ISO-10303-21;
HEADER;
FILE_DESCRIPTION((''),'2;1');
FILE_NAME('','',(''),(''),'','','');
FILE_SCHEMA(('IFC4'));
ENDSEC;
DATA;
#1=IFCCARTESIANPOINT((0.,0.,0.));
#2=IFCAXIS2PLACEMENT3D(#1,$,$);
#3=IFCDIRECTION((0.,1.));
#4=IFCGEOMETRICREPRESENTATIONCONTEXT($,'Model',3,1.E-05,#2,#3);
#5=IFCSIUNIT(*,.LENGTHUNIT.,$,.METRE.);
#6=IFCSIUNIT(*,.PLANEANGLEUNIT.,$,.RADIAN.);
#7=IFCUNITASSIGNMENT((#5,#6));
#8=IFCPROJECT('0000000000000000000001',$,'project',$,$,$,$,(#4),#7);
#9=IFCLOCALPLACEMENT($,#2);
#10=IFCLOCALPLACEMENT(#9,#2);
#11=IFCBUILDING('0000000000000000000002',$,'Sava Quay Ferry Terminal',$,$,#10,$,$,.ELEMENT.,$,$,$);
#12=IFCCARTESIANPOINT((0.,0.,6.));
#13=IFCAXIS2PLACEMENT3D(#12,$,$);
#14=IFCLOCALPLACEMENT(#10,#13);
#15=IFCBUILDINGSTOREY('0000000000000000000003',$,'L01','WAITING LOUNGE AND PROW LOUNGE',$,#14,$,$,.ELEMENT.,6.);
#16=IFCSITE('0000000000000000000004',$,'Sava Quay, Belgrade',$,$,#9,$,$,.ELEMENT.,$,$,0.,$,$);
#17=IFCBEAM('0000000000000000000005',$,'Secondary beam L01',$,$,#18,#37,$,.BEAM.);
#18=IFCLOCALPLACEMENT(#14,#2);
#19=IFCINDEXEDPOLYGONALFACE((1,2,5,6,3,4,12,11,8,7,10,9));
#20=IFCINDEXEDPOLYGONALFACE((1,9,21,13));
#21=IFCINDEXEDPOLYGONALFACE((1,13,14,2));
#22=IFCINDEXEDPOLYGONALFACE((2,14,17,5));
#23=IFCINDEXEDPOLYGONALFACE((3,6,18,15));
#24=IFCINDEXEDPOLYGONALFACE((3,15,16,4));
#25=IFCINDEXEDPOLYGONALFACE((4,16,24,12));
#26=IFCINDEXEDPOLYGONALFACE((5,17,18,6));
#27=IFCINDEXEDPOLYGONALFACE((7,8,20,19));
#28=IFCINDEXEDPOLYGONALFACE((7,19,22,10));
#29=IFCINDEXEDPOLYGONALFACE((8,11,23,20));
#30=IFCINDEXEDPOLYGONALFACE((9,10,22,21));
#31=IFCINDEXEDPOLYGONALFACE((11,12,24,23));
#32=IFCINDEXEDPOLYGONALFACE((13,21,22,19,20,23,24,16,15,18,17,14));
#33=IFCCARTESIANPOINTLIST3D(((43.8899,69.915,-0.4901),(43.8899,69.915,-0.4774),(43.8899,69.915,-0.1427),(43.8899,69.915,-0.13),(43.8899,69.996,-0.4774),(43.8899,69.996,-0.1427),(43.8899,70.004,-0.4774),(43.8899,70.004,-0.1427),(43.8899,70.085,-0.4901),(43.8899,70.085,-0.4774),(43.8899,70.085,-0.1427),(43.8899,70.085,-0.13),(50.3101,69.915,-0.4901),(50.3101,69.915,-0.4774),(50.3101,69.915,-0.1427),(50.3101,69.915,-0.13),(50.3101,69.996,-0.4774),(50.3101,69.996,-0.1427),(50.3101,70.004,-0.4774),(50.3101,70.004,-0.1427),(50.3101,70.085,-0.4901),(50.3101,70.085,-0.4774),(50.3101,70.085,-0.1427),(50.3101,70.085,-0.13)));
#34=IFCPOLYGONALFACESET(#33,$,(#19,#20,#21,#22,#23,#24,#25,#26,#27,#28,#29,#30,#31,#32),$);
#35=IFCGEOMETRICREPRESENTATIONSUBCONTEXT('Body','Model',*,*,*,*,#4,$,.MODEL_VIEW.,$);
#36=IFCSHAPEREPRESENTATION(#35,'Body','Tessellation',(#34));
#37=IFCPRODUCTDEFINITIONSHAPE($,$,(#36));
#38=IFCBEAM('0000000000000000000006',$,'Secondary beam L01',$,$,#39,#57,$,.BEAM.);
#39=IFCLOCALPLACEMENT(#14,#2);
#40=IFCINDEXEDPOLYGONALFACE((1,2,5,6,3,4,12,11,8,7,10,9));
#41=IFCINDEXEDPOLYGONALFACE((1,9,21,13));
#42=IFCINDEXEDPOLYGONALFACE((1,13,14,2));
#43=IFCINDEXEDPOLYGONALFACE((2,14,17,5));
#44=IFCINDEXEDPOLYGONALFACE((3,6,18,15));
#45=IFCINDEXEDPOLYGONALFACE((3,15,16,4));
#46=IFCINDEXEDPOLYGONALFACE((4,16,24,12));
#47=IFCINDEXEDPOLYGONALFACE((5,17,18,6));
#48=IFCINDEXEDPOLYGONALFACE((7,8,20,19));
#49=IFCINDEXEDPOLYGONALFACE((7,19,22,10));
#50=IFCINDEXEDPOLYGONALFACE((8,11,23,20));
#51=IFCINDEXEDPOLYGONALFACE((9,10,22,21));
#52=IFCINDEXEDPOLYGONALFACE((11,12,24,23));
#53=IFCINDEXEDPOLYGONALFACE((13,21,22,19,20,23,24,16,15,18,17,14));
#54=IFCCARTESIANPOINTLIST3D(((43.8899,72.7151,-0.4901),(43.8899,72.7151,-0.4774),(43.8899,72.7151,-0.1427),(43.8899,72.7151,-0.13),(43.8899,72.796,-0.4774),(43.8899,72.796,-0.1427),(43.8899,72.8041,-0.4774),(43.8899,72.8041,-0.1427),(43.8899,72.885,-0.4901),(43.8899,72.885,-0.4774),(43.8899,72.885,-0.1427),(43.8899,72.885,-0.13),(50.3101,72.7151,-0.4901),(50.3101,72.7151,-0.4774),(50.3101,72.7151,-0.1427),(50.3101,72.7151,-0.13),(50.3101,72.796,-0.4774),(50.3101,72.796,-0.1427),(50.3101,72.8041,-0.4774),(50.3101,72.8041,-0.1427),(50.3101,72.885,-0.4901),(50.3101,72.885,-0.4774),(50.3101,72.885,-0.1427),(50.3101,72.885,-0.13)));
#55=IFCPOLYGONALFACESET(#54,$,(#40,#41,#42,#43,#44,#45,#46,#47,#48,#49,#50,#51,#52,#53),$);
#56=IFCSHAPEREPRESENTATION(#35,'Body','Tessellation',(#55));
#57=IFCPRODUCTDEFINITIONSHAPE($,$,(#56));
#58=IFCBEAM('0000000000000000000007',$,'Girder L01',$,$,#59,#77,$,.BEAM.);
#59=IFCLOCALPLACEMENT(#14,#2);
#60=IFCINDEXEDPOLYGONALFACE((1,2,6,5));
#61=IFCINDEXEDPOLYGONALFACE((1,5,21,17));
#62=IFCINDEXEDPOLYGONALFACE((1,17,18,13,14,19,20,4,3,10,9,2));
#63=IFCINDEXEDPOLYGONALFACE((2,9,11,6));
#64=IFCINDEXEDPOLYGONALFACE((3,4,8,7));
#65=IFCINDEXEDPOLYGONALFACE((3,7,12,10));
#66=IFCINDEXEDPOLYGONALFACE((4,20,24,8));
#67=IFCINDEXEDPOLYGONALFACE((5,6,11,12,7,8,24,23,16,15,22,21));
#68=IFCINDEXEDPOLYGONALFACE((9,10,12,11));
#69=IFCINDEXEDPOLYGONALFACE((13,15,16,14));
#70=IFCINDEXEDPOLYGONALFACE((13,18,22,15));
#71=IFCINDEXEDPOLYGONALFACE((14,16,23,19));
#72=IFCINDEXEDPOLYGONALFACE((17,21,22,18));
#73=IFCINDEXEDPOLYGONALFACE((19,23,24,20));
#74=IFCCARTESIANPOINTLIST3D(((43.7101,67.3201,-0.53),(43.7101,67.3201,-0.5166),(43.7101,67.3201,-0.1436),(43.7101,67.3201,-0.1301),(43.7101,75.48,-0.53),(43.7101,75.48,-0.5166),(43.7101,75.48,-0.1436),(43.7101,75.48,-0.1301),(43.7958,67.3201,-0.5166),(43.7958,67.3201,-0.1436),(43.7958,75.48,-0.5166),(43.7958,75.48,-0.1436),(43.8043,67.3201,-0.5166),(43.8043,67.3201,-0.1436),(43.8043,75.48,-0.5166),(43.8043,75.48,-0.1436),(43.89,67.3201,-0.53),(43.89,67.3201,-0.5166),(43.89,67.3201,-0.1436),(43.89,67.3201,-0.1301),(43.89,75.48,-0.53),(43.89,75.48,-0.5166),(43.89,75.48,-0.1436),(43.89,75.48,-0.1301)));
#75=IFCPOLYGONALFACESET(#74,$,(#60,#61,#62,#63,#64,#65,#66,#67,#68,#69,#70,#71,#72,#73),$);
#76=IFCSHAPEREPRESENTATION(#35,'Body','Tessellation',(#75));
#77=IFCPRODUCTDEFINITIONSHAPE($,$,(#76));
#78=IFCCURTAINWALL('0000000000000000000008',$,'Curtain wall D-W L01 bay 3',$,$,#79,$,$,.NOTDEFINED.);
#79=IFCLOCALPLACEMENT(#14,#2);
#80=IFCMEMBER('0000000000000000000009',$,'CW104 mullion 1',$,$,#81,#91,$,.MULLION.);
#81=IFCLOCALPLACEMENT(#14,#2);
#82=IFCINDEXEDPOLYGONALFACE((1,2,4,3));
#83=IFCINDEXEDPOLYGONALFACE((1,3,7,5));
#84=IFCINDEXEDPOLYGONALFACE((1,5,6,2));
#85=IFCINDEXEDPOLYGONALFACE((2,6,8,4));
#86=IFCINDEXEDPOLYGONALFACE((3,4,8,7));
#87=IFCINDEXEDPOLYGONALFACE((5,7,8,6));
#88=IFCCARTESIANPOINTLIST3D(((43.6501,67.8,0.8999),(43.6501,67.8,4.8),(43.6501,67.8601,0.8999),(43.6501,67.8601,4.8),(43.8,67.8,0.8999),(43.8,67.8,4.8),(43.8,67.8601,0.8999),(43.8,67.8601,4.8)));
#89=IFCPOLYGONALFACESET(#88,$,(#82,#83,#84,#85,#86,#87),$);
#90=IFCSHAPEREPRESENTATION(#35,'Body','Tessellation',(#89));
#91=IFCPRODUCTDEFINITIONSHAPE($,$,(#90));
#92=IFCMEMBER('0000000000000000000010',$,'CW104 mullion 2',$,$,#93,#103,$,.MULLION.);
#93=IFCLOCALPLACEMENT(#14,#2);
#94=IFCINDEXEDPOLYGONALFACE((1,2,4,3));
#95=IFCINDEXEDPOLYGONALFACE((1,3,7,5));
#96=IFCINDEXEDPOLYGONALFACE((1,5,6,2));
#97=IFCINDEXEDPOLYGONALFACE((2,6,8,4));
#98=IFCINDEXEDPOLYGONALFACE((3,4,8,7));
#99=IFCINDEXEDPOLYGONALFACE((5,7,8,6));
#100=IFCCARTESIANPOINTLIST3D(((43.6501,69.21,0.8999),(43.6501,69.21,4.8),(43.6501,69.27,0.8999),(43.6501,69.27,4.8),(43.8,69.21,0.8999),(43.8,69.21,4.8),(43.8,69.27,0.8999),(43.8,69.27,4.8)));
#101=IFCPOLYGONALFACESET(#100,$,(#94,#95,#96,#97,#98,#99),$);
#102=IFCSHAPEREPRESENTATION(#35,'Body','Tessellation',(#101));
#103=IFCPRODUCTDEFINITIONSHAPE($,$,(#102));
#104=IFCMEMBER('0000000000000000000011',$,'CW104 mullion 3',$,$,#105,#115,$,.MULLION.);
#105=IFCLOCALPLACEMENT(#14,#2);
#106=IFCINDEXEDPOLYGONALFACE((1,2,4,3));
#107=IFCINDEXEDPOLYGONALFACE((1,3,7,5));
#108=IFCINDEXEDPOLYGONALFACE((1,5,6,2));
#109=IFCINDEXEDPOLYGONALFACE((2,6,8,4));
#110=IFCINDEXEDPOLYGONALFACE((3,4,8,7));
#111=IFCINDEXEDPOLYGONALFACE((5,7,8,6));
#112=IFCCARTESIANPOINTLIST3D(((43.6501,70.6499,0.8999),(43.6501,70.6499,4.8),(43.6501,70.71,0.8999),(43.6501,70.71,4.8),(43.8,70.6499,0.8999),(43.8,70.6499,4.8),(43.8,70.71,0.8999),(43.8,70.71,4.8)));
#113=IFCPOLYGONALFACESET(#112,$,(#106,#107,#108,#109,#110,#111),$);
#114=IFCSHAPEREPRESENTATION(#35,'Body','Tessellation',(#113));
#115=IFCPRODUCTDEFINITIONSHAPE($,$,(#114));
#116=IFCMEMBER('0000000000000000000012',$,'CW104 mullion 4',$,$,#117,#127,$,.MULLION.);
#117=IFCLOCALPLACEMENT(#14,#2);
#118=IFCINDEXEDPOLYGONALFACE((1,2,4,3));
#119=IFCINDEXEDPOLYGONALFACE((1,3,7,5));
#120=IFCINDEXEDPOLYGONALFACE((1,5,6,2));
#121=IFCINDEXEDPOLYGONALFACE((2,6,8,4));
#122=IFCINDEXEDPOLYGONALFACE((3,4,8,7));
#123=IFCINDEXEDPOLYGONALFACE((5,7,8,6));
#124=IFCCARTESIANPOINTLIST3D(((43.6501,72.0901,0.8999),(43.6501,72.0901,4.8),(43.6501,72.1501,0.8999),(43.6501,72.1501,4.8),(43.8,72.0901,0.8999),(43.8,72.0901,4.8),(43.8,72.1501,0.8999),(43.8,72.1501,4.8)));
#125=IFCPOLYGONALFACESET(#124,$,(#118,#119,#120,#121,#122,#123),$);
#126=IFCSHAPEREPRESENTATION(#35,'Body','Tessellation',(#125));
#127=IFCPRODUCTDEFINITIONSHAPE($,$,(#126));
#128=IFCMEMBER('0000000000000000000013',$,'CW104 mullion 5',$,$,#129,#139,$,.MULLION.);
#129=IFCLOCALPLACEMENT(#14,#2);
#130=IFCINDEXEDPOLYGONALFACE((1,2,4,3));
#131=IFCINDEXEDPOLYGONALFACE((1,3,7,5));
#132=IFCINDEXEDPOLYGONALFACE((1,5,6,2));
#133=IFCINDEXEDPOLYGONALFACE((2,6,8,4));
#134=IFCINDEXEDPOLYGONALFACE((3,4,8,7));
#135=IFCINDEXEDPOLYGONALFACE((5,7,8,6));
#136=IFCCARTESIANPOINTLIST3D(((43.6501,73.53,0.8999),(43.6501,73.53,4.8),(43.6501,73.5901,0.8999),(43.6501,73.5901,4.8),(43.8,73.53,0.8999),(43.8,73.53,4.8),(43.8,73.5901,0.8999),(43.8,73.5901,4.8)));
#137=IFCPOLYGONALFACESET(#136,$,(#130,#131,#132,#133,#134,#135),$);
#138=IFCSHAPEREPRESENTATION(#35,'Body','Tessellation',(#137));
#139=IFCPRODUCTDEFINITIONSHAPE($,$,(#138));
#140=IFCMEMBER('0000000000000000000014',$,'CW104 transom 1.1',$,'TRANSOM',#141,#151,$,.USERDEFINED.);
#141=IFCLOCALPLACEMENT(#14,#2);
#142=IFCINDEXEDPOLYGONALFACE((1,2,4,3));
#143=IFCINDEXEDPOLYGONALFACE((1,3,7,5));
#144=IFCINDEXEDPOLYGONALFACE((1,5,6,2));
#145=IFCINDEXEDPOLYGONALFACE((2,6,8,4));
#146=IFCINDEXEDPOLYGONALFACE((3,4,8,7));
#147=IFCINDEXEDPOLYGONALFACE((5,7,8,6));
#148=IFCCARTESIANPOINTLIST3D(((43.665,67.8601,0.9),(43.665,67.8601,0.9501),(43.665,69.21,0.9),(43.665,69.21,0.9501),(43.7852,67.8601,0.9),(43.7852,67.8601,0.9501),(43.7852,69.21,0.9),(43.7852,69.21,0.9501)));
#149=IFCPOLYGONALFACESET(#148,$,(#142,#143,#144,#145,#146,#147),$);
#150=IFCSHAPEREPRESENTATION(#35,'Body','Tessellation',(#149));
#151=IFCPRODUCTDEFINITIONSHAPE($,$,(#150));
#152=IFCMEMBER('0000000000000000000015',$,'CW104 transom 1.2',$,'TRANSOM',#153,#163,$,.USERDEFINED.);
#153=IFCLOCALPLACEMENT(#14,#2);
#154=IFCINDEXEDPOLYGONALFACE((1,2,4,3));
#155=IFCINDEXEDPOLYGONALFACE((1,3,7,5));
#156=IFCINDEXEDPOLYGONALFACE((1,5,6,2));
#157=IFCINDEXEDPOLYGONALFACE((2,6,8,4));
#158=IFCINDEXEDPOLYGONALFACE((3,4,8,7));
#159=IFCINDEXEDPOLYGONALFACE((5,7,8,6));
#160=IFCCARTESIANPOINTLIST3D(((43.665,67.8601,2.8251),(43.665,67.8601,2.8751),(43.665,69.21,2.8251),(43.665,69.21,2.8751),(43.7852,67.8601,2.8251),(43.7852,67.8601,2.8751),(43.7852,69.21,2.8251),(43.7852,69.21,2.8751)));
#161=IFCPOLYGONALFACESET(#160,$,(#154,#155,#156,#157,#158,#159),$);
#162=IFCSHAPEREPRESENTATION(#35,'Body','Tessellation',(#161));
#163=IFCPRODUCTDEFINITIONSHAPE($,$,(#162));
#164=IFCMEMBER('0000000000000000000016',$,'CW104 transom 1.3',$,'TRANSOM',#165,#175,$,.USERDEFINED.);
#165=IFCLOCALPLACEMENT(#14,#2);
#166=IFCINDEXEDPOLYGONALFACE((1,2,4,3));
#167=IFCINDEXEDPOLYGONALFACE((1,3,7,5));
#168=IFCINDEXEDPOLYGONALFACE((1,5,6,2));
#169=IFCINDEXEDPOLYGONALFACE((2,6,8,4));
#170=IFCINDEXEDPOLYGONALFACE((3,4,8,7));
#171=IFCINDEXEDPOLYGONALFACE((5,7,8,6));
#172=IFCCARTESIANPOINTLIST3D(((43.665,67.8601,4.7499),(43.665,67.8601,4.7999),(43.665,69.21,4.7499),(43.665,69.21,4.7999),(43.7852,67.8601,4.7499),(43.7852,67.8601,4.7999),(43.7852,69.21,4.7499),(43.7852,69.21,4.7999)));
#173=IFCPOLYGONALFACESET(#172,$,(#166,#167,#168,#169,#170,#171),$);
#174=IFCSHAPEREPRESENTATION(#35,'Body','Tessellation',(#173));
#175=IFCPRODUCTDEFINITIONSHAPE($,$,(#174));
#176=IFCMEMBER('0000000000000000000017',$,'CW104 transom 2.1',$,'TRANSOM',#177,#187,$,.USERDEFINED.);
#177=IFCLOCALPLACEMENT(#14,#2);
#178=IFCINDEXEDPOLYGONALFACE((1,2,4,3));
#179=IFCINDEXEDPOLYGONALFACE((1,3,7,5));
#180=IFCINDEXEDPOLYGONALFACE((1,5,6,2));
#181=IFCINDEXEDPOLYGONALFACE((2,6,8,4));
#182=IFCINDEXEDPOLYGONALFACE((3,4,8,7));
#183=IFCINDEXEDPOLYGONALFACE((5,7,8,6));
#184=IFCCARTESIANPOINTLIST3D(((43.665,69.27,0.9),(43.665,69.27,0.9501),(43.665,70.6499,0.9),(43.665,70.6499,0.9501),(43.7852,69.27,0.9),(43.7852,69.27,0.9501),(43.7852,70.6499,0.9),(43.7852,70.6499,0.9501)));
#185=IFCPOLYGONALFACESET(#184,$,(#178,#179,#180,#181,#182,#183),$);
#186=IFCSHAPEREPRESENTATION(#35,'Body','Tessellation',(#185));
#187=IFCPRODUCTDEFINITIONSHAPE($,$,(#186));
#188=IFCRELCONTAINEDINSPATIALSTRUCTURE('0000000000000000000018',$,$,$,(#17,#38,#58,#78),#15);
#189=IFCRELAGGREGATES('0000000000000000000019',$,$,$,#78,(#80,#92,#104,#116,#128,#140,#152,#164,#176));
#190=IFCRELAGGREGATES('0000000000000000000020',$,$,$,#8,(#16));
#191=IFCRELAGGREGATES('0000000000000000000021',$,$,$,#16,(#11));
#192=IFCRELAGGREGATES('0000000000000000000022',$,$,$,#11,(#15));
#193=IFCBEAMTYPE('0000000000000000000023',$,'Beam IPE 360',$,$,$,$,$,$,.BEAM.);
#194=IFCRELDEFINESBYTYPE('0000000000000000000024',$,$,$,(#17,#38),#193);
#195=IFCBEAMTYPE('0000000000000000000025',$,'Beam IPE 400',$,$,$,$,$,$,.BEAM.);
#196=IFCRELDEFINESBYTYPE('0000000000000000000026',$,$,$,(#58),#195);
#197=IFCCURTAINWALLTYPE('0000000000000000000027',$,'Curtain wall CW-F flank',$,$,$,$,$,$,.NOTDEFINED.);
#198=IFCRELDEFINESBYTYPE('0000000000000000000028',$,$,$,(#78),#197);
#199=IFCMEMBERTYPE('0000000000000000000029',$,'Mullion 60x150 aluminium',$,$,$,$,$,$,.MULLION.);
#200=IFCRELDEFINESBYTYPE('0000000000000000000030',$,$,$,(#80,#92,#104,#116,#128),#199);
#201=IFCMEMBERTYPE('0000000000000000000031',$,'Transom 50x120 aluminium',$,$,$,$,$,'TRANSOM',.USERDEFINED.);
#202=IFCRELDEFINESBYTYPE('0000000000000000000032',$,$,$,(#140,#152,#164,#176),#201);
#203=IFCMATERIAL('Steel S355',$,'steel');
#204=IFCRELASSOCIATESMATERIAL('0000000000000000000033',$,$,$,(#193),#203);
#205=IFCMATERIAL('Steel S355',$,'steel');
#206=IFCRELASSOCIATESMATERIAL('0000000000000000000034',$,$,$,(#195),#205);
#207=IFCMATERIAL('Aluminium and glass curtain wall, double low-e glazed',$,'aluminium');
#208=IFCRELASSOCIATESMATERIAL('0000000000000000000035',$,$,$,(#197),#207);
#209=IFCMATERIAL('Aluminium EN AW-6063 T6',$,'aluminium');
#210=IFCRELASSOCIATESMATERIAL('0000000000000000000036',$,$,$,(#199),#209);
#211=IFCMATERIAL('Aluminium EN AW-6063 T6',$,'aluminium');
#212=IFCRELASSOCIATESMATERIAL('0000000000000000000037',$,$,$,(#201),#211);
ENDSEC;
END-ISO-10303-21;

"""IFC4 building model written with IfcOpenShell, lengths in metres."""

from ifc_helpers import new_model, si_unit, direction, frame, origin, origin_2d, place, context, subcontext, project, spatial, rectangle, i_section, extrude, material, material_profile, profile_set, type_object, element, aggregate, save


model = new_model("IFC4")

# Units and contexts
model_context = context("Model", 3, precision=1e-05, world=origin(), true_north=direction((0.0, 1.0)))
body_context = subcontext(model_context, "Body", "Model", "MODEL_VIEW")
ifc_project = project(units=[si_unit("LENGTHUNIT", "METRE"), si_unit("PLANEANGLEUNIT", "RADIAN")], contexts=[model_context])

# Site, building, storey
site_placement = place(None, origin())
site = spatial("IfcSite", under=ifc_project, at=site_placement, Name="Sava Quay, Belgrade", CompositionType="ELEMENT", RefElevation=0.0)
building_placement = place(site_placement, origin())
building = spatial("IfcBuilding", under=site, at=building_placement, Name="Sava Quay Ferry Terminal", CompositionType="ELEMENT")
storey_placement = place(building_placement, frame((0.0, 0.0, 6.0)))
storey = spatial("IfcBuildingStorey", under=building, at=storey_placement, Name="L01", Description="WAITING LOUNGE AND PROW LOUNGE", CompositionType="ELEMENT", Elevation=6.0)

# Beams
ifc_material_1 = material(Name="Steel S355", Category="steel")
ifc_material_profile_1 = material_profile(ifc_material_1, i_section(OverallWidth=0.1699, OverallDepth=0.3601, WebThickness=0.0081, FlangeThickness=0.0127, at=origin_2d()), Name="IPE 360")
ifc_profile_set_1 = profile_set([ifc_material_profile_1], Name="Steel S355")
beam_type_1 = type_object("IfcBeamType", Name="Beam IPE 360", PredefinedType="BEAM", material=ifc_profile_set_1)
for number, where, z_axis, x_axis, name in (
    (1, (43.8899, 70.0, -0.3101), (1.0, 0.0, 0.0), (0.0, 1.0, 0.0), "Secondary beam L01"),
    (2, (43.8899, 72.8, -0.3101), (1.0, 0.0, 0.0), (0.0, 1.0, 0.0), "Secondary beam L01"),
):
    element("IfcBeam", number, at=place(storey_placement, frame(where, z_axis=z_axis, x_axis=x_axis)), inside=storey, type_object=beam_type_1, Name=name, PredefinedType="BEAM", context=body_context, shape_type="SweptSolid", body=[
        extrude(i_section(OverallWidth=0.1699, OverallDepth=0.3601, WebThickness=0.0081, FlangeThickness=0.0127, at=origin_2d()), origin(), (0.0, 0.0, 1.0), 6.4202),
    ])
ifc_material_2 = material(Name="Steel S355", Category="steel")
ifc_material_profile_2 = material_profile(ifc_material_2, i_section(OverallWidth=0.1799, OverallDepth=0.3999, WebThickness=0.0085, FlangeThickness=0.0134, at=origin_2d()), Name="IPE 400")
ifc_profile_set_2 = profile_set([ifc_material_profile_2], Name="Steel S355")
beam_type_2 = type_object("IfcBeamType", Name="Beam IPE 400", PredefinedType="BEAM", material=ifc_profile_set_2)
beam_1_placement = place(storey_placement, frame((43.8, 67.3201, -0.3301), z_axis=(0.0, 1.0, 0.0), x_axis=(-1.0, 0.0, 0.0)))
element("IfcBeam", 3, at=beam_1_placement, inside=storey, type_object=beam_type_2, Name="Girder L01", PredefinedType="BEAM", context=body_context, shape_type="SweptSolid", body=[
    extrude(i_section(OverallWidth=0.1799, OverallDepth=0.3999, WebThickness=0.0085, FlangeThickness=0.0134, at=origin_2d()), origin(), (0.0, 0.0, 1.0), 8.1599),
])

# Curtain wall, members
ifc_material_3 = material(Name="Aluminium and glass curtain wall, double low-e glazed", Category="aluminium")
curtain_wall_type = type_object("IfcCurtainWallType", Name="Curtain wall CW-F flank", PredefinedType="NOTDEFINED", material=ifc_material_3)
curtain_wall_placement = place(storey_placement, origin())
curtain_wall = element("IfcCurtainWall", 4, at=curtain_wall_placement, inside=storey, type_object=curtain_wall_type, Name="Curtain wall D-W L01 bay 3", PredefinedType="NOTDEFINED")
ifc_material_4 = material(Name="Aluminium EN AW-6063 T6", Category="aluminium")
ifc_material_profile_3 = material_profile(ifc_material_4, rectangle(XDim=0.1499, YDim=0.0601, at=origin_2d()), Name="Mullion 60x150 aluminium")
ifc_profile_set_3 = profile_set([ifc_material_profile_3], Name="Aluminium EN AW-6063 T6")
member_type_1 = type_object("IfcMemberType", Name="Mullion 60x150 aluminium", PredefinedType="MULLION", material=ifc_profile_set_3)
member_1_placement = place(storey_placement, frame((43.7251, 67.8301, 0.8999), z_axis=(0.0, 0.0, 1.0), x_axis=(-1.0, 0.0, 0.0)))
member_1 = element("IfcMember", 5, at=member_1_placement, type_object=member_type_1, Name="CW104 mullion 1", PredefinedType="MULLION", context=body_context, shape_type="SweptSolid", body=[
    extrude(rectangle(XDim=0.1499, YDim=0.0601, at=origin_2d()), origin(), (0.0, 0.0, 1.0), 3.9001),
])
member_2_placement = place(storey_placement, frame((43.7251, 69.24, 0.8999), z_axis=(0.0, 0.0, 1.0), x_axis=(-1.0, 0.0, 0.0)))
member_2 = element("IfcMember", 6, at=member_2_placement, type_object=member_type_1, Name="CW104 mullion 2", PredefinedType="MULLION", context=body_context, shape_type="SweptSolid", body=[
    extrude(rectangle(XDim=0.1499, YDim=0.0601, at=origin_2d()), origin(), (0.0, 0.0, 1.0), 3.9001),
])
member_3_placement = place(storey_placement, frame((43.7251, 70.6799, 0.8999), z_axis=(0.0, 0.0, 1.0), x_axis=(-1.0, 0.0, 0.0)))
member_3 = element("IfcMember", 7, at=member_3_placement, type_object=member_type_1, Name="CW104 mullion 3", PredefinedType="MULLION", context=body_context, shape_type="SweptSolid", body=[
    extrude(rectangle(XDim=0.1499, YDim=0.0601, at=origin_2d()), origin(), (0.0, 0.0, 1.0), 3.9001),
])
member_4_placement = place(storey_placement, frame((43.7251, 72.1201, 0.8999), z_axis=(0.0, 0.0, 1.0), x_axis=(-1.0, 0.0, 0.0)))
member_4 = element("IfcMember", 8, at=member_4_placement, type_object=member_type_1, Name="CW104 mullion 4", PredefinedType="MULLION", context=body_context, shape_type="SweptSolid", body=[
    extrude(rectangle(XDim=0.1499, YDim=0.0601, at=origin_2d()), origin(), (0.0, 0.0, 1.0), 3.9001),
])
member_5_placement = place(storey_placement, frame((43.7251, 73.5601, 0.8999), z_axis=(0.0, 0.0, 1.0), x_axis=(-1.0, 0.0, 0.0)))
member_5 = element("IfcMember", 9, at=member_5_placement, type_object=member_type_1, Name="CW104 mullion 5", PredefinedType="MULLION", context=body_context, shape_type="SweptSolid", body=[
    extrude(rectangle(XDim=0.1499, YDim=0.0601, at=origin_2d()), origin(), (0.0, 0.0, 1.0), 3.9001),
])
ifc_material_5 = material(Name="Aluminium EN AW-6063 T6", Category="aluminium")
ifc_material_profile_4 = material_profile(ifc_material_5, rectangle(XDim=0.1201, YDim=0.05, at=origin_2d()), Name="Transom 50x120 aluminium")
ifc_profile_set_4 = profile_set([ifc_material_profile_4], Name="Aluminium EN AW-6063 T6")
member_type_2 = type_object("IfcMemberType", Name="Transom 50x120 aluminium", ElementType="TRANSOM", PredefinedType="USERDEFINED", material=ifc_profile_set_4)
member_6_placement = place(storey_placement, frame((43.7251, 67.8601, 0.925), z_axis=(0.0, 1.0, 0.0), x_axis=(-1.0, 0.0, 0.0)))
member_6 = element("IfcMember", 10, at=member_6_placement, type_object=member_type_2, Name="CW104 transom 1.1", ObjectType="TRANSOM", PredefinedType="USERDEFINED", context=body_context, shape_type="SweptSolid", body=[
    extrude(rectangle(XDim=0.1201, YDim=0.05, at=origin_2d()), origin(), (0.0, 0.0, 1.0), 1.3499),
])
member_7_placement = place(storey_placement, frame((43.7251, 67.8601, 2.8501), z_axis=(0.0, 1.0, 0.0), x_axis=(-1.0, 0.0, 0.0)))
member_7 = element("IfcMember", 11, at=member_7_placement, type_object=member_type_2, Name="CW104 transom 1.2", ObjectType="TRANSOM", PredefinedType="USERDEFINED", context=body_context, shape_type="SweptSolid", body=[
    extrude(rectangle(XDim=0.1201, YDim=0.05, at=origin_2d()), origin(), (0.0, 0.0, 1.0), 1.3499),
])
member_8_placement = place(storey_placement, frame((43.7251, 67.8601, 4.7749), z_axis=(0.0, 1.0, 0.0), x_axis=(-1.0, 0.0, 0.0)))
member_8 = element("IfcMember", 12, at=member_8_placement, type_object=member_type_2, Name="CW104 transom 1.3", ObjectType="TRANSOM", PredefinedType="USERDEFINED", context=body_context, shape_type="SweptSolid", body=[
    extrude(rectangle(XDim=0.1201, YDim=0.05, at=origin_2d()), origin(), (0.0, 0.0, 1.0), 1.3499),
])
member_9_placement = place(storey_placement, frame((43.7251, 69.27, 0.925), z_axis=(0.0, 1.0, 0.0), x_axis=(-1.0, 0.0, 0.0)))
member_9 = element("IfcMember", 13, at=member_9_placement, type_object=member_type_2, Name="CW104 transom 2.1", ObjectType="TRANSOM", PredefinedType="USERDEFINED", context=body_context, shape_type="SweptSolid", body=[
    extrude(rectangle(XDim=0.1201, YDim=0.05, at=origin_2d()), origin(), (0.0, 0.0, 1.0), 1.3799),
])
aggregate(curtain_wall, [member_1, member_2, member_3, member_4, member_5, member_6, member_7, member_8, member_9])

save(model, "model.ifc")
